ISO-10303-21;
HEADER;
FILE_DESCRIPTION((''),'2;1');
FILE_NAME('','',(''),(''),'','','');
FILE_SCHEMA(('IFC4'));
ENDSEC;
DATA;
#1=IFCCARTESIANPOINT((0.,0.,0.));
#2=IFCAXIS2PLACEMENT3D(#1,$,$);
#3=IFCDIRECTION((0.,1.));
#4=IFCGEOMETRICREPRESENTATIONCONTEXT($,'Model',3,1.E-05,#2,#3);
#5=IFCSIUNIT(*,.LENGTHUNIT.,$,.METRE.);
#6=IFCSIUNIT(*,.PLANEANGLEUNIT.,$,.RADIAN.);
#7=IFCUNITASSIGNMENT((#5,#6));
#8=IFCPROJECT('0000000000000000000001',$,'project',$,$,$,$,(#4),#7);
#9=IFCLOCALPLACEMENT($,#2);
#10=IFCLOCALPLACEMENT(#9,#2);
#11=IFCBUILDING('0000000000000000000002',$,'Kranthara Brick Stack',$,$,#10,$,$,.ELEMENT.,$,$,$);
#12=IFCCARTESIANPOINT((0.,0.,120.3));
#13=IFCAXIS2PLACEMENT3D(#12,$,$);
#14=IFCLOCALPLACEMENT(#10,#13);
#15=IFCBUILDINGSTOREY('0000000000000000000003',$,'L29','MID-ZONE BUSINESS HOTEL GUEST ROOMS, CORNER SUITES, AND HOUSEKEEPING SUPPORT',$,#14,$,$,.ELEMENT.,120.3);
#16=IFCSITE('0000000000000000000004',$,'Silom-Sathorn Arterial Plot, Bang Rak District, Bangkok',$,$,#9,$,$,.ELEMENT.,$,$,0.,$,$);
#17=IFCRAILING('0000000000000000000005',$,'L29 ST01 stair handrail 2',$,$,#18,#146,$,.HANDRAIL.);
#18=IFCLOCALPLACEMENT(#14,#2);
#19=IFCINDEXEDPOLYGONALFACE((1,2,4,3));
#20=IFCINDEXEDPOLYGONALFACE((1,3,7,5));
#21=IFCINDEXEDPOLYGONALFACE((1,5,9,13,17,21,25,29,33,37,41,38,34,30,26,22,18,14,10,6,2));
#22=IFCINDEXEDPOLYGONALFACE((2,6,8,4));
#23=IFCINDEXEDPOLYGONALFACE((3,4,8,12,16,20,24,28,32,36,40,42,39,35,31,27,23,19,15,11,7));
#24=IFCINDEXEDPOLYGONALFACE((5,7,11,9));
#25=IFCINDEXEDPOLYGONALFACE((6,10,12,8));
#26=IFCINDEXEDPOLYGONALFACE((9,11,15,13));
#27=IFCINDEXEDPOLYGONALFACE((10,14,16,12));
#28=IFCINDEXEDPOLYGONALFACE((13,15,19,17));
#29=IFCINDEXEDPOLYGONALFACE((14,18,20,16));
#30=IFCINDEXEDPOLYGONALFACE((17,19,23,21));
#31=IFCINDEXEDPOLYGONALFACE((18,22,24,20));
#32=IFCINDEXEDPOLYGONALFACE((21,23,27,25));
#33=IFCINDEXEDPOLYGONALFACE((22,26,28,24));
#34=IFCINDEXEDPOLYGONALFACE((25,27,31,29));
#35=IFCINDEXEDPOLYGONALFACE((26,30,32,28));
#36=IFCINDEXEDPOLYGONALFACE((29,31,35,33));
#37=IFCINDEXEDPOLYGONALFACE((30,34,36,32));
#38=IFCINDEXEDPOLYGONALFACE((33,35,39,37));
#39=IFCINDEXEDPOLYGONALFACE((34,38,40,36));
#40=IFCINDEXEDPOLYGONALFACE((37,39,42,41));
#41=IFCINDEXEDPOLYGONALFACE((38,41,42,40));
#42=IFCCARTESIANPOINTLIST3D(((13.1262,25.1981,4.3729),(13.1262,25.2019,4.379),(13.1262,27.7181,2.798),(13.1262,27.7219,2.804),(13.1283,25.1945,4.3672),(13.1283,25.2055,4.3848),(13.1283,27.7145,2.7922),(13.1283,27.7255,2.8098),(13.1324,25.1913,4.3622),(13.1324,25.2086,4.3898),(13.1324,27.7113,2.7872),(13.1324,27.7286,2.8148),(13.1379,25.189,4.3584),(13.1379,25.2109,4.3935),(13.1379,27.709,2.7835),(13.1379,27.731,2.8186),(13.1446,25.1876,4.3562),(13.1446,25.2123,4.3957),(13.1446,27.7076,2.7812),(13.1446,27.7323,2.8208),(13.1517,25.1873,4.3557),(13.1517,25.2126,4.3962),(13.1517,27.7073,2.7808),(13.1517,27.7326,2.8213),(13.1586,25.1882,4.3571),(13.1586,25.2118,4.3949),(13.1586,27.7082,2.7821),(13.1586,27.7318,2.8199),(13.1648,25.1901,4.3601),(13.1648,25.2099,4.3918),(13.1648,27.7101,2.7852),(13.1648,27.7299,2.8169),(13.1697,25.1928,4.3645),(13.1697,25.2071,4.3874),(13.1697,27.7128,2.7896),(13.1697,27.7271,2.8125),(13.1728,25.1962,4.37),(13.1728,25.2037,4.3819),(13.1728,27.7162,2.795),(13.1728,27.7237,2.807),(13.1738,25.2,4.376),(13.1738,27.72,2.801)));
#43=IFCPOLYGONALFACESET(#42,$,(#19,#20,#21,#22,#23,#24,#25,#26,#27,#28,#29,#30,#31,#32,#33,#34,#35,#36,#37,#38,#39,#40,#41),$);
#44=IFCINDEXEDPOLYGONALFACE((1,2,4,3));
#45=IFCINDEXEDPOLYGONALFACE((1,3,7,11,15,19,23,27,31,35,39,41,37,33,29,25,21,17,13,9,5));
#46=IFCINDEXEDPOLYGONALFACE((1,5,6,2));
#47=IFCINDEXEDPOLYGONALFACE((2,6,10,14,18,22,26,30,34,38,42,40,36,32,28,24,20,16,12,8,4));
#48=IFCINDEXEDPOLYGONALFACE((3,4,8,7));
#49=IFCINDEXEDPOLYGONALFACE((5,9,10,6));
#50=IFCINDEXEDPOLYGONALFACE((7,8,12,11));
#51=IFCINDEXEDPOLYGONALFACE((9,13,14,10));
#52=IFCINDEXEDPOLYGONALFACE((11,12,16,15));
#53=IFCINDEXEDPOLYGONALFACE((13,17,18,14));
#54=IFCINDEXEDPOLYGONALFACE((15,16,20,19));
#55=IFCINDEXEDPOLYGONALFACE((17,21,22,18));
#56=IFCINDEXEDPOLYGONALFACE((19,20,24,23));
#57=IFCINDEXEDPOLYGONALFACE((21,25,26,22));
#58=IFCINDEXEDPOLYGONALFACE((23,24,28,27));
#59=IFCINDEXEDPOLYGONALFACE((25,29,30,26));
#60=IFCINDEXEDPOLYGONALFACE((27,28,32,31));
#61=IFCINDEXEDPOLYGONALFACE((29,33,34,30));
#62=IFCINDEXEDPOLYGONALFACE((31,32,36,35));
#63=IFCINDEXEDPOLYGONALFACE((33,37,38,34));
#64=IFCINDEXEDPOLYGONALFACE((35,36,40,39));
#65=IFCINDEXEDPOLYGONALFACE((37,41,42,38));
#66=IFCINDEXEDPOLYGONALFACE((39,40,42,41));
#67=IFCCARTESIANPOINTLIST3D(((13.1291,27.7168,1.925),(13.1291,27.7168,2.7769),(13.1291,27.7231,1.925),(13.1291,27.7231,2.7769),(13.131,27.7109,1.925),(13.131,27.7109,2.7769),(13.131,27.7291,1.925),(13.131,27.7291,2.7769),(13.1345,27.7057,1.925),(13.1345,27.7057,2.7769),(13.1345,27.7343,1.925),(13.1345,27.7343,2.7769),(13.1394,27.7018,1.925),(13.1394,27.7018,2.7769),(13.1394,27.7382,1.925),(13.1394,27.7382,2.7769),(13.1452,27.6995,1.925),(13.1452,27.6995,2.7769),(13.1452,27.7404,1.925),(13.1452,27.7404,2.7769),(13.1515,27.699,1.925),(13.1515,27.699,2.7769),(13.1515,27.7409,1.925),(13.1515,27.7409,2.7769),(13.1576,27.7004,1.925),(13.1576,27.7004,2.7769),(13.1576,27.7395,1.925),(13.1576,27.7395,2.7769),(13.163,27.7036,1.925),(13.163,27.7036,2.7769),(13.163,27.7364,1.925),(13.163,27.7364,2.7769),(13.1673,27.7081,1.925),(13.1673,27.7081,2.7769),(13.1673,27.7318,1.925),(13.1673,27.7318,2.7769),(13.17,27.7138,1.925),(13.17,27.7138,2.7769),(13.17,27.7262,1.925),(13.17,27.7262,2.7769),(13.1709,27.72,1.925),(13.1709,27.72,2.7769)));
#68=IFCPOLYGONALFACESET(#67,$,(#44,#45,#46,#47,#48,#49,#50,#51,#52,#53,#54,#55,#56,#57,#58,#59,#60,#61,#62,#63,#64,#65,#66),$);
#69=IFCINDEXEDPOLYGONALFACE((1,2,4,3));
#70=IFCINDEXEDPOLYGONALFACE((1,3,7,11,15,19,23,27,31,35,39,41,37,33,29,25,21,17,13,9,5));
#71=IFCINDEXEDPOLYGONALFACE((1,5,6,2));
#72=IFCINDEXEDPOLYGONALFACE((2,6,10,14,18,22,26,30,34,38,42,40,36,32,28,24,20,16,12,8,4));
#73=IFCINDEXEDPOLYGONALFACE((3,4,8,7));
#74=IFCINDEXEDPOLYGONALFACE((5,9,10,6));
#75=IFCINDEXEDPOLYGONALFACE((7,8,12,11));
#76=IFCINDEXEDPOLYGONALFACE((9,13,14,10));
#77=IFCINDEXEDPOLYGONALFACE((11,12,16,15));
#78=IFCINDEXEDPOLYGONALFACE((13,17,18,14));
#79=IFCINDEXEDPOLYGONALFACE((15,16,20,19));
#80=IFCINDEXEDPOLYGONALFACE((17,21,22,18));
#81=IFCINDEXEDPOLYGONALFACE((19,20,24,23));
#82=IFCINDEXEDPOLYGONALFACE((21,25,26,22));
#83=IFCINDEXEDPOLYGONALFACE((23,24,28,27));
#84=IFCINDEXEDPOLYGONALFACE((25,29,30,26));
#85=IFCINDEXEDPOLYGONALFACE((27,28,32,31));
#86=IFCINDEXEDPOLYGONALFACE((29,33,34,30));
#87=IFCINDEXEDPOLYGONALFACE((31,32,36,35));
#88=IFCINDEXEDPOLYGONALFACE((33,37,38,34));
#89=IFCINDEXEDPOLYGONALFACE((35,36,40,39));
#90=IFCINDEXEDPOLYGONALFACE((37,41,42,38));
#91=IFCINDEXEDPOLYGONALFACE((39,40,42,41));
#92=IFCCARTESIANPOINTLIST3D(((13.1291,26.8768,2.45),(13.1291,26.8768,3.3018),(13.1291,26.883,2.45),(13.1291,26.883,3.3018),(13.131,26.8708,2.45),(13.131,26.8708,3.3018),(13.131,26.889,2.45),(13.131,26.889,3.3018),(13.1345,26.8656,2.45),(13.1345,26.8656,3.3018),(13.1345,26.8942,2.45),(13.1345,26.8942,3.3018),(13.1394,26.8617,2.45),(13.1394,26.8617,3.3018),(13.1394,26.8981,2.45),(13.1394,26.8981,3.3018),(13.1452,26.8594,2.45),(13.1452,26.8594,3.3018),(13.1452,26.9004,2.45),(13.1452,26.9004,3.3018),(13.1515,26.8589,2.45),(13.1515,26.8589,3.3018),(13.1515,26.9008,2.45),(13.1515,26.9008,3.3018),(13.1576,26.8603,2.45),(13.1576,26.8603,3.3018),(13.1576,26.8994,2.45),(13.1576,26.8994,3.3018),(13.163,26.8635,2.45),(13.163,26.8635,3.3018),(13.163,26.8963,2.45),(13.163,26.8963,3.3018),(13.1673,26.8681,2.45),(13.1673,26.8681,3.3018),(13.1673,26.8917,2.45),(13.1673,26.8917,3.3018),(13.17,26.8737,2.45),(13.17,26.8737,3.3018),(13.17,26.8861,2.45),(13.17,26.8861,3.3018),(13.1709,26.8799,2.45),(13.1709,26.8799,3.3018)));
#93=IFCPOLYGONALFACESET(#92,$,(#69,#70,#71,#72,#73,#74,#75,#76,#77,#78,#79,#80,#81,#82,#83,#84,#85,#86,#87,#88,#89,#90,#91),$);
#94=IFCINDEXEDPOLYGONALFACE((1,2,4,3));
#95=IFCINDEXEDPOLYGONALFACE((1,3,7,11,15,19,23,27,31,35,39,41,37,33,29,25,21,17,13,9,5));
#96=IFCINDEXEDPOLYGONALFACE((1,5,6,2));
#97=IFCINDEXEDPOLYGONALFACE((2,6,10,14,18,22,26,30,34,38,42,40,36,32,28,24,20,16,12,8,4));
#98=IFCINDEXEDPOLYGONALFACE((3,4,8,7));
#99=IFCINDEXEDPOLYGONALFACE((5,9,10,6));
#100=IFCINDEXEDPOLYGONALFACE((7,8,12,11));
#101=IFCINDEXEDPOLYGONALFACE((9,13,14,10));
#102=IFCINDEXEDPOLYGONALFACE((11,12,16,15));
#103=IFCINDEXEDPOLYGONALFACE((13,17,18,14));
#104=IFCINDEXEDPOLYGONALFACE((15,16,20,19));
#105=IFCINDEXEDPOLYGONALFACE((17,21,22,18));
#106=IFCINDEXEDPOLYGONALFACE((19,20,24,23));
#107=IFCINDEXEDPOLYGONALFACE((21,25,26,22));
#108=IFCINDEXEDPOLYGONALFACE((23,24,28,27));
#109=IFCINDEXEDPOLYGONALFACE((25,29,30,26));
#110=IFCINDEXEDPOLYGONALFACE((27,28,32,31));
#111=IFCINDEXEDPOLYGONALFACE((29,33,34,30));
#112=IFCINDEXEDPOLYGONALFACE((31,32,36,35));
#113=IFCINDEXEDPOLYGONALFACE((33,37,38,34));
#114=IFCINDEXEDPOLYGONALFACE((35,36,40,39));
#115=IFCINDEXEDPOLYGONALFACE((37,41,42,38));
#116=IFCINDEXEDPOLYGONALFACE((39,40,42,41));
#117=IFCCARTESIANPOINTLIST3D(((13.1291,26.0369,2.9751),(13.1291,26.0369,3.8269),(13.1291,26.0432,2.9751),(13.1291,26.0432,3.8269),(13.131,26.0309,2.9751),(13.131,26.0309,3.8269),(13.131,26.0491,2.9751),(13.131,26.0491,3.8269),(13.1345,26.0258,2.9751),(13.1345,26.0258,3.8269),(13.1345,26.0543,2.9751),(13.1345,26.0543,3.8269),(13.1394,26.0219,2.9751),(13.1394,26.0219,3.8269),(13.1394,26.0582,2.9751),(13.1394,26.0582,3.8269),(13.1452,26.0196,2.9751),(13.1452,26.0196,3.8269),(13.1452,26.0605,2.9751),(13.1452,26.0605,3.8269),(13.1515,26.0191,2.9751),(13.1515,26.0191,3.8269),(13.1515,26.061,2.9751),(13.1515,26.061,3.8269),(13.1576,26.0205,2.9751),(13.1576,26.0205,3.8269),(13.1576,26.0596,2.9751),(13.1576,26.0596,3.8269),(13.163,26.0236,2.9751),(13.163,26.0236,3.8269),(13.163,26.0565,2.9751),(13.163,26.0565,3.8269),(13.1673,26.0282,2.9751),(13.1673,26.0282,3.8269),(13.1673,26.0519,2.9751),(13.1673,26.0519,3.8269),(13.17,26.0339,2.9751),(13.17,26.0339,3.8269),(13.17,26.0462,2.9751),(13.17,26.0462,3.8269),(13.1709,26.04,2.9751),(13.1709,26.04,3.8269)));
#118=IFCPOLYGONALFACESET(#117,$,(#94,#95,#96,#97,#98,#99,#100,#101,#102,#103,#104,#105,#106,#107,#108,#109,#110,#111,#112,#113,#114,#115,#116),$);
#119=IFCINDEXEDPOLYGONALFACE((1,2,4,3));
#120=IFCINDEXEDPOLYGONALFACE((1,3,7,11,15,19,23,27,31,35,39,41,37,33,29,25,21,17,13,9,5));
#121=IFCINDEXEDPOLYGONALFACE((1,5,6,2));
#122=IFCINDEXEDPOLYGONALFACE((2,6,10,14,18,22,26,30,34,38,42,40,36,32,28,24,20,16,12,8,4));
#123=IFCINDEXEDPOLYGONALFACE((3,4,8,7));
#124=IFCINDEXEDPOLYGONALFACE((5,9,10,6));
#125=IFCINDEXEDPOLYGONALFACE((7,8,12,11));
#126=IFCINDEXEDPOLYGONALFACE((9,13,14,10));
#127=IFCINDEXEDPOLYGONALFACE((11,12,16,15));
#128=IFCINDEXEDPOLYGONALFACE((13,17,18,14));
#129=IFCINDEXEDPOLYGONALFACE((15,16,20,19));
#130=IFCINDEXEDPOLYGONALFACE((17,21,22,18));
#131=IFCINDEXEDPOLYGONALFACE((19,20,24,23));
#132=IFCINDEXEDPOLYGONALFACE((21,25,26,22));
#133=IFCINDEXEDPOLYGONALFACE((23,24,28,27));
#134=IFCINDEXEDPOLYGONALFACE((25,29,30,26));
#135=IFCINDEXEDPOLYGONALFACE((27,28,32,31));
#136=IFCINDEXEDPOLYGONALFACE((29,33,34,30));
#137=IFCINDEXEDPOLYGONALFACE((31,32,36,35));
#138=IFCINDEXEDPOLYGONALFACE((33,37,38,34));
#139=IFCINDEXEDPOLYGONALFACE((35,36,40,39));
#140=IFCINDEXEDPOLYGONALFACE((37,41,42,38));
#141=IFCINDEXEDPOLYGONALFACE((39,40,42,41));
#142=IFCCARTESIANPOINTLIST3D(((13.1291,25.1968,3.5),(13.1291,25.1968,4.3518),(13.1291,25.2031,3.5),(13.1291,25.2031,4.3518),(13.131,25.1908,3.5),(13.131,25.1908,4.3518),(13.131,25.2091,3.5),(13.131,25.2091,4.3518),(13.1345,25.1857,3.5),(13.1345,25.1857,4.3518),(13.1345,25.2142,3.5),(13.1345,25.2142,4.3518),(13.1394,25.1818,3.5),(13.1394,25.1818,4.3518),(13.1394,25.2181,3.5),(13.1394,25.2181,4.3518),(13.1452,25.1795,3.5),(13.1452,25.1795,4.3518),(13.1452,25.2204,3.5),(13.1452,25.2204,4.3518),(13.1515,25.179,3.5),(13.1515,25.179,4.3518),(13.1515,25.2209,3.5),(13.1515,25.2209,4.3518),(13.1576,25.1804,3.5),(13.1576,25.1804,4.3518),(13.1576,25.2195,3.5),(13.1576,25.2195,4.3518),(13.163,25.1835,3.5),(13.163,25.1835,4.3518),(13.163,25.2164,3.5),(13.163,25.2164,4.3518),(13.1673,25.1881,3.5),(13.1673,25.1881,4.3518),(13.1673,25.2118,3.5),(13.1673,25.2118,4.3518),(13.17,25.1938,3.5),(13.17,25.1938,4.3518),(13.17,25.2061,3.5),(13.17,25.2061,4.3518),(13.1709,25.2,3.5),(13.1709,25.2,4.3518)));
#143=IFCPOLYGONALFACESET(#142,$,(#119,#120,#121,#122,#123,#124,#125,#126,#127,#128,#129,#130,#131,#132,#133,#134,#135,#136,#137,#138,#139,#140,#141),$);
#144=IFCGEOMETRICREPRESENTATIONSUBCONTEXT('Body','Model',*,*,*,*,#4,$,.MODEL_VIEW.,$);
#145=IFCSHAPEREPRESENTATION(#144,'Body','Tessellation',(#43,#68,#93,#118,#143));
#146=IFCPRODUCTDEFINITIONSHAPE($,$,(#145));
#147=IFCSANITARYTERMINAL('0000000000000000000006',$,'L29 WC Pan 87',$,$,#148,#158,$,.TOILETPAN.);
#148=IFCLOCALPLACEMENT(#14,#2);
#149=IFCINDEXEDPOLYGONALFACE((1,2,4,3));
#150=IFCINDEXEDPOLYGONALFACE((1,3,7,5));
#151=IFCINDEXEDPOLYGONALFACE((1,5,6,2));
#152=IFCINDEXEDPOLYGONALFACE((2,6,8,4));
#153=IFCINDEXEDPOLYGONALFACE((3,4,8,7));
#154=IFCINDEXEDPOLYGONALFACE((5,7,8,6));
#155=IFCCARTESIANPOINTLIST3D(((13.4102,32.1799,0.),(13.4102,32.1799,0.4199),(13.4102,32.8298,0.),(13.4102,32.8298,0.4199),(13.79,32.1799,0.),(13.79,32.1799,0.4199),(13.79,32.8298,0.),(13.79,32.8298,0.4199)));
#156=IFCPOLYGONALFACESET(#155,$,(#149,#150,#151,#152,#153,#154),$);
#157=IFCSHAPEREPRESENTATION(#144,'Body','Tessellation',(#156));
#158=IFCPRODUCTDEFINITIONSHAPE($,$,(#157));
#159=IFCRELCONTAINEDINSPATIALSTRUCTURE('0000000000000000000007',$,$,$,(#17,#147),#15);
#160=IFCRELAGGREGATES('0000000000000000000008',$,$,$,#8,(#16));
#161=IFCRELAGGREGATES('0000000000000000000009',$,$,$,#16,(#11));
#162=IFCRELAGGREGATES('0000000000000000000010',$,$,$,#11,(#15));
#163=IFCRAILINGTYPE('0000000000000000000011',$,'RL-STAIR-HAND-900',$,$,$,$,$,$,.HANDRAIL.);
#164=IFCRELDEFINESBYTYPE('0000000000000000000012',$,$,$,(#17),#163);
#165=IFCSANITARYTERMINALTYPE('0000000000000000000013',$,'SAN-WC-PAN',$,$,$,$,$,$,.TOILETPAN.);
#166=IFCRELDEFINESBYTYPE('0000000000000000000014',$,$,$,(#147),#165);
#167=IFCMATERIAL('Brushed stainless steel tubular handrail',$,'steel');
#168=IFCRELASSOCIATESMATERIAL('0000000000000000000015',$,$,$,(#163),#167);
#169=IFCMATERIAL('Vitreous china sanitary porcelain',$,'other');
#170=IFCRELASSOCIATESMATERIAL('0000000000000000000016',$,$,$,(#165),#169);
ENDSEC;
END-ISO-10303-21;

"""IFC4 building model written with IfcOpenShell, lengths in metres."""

from ifc_helpers import new_model, si_unit, direction, frame, origin, origin_2d, place, context, subcontext, project, spatial, rectangle, circle, extrude, material, type_object, element, save


model = new_model("IFC4")

# Units and contexts
model_context = context("Model", 3, precision=1e-05, world=origin(), true_north=direction((0.0, 1.0)))
body_context = subcontext(model_context, "Body", "Model", "MODEL_VIEW")
ifc_project = project(units=[si_unit("LENGTHUNIT", "METRE"), si_unit("PLANEANGLEUNIT", "RADIAN")], contexts=[model_context])

# Site, building, storey
site_placement = place(None, origin())
site = spatial("IfcSite", under=ifc_project, at=site_placement, Name="Silom-Sathorn Arterial Plot, Bang Rak District, Bangkok", CompositionType="ELEMENT", RefElevation=0.0)
building_placement = place(site_placement, origin())
building = spatial("IfcBuilding", under=site, at=building_placement, Name="Kranthara Brick Stack", CompositionType="ELEMENT")
storey_placement = place(building_placement, frame((0.0, 0.0, 120.3)))
storey = spatial("IfcBuildingStorey", under=building, at=storey_placement, Name="L29", Description="MID-ZONE BUSINESS HOTEL GUEST ROOMS, CORNER SUITES, AND HOUSEKEEPING SUPPORT", CompositionType="ELEMENT", Elevation=120.3)

# Railing
ifc_material_1 = material(Name="Brushed stainless steel tubular handrail", Category="steel")
railing_type_1 = type_object("IfcRailingType", Name="RL-STAIR-HAND-900", PredefinedType="HANDRAIL", material=ifc_material_1)
railing_1_placement = place(storey_placement, frame((13.1499, 27.72, 1.925)))
element("IfcRailing", 1, at=railing_1_placement, inside=storey, type_object=railing_type_1, Name="L29 ST01 stair handrail 2", PredefinedType="HANDRAIL", context=body_context, shape_type="SweptSolid", body=[
    extrude(circle(Radius=0.0239, at=origin_2d()), frame((0.0, 0.0, 0.876), z_axis=(0.0, -0.848008, 0.529984), x_axis=(1.0, 0.0, 0.0)), (0.0, 0.0, 1.0), 2.9717),
    extrude(circle(Radius=0.021, at=origin_2d()), origin(), (0.0, 0.0, 1.0), 0.8518),
    extrude(circle(Radius=0.021, at=origin_2d()), frame((0.0, -0.8401, 0.5249)), (0.0, 0.0, 1.0), 0.8518),
    extrude(circle(Radius=0.021, at=origin_2d()), frame((0.0, -1.6799, 1.05)), (0.0, 0.0, 1.0), 0.8518),
    extrude(circle(Radius=0.021, at=origin_2d()), frame((0.0, -2.52, 1.575)), (0.0, 0.0, 1.0), 0.8518),
])

# Sanitary terminal
ifc_material_2 = material(Name="Vitreous china sanitary porcelain", Category="other")
sanitary_terminal_type = type_object("IfcSanitaryTerminalType", Name="SAN-WC-PAN", PredefinedType="TOILETPAN", material=ifc_material_2)
sanitary_terminal_placement = place(storey_placement, frame((13.6001, 32.5049, 0.0), z_axis=(0.0, 0.0, 1.0), x_axis=(1.0, 0.0, 0.0)))
element("IfcSanitaryTerminal", 2, at=sanitary_terminal_placement, inside=storey, type_object=sanitary_terminal_type, Name="L29 WC Pan 87", PredefinedType="TOILETPAN", context=body_context, shape_type="SweptSolid", body=[
    extrude(rectangle(XDim=0.3799, YDim=0.6499, at=origin_2d()), origin(), (0.0, 0.0, 1.0), 0.4199),
])

save(model, "model.ifc")
